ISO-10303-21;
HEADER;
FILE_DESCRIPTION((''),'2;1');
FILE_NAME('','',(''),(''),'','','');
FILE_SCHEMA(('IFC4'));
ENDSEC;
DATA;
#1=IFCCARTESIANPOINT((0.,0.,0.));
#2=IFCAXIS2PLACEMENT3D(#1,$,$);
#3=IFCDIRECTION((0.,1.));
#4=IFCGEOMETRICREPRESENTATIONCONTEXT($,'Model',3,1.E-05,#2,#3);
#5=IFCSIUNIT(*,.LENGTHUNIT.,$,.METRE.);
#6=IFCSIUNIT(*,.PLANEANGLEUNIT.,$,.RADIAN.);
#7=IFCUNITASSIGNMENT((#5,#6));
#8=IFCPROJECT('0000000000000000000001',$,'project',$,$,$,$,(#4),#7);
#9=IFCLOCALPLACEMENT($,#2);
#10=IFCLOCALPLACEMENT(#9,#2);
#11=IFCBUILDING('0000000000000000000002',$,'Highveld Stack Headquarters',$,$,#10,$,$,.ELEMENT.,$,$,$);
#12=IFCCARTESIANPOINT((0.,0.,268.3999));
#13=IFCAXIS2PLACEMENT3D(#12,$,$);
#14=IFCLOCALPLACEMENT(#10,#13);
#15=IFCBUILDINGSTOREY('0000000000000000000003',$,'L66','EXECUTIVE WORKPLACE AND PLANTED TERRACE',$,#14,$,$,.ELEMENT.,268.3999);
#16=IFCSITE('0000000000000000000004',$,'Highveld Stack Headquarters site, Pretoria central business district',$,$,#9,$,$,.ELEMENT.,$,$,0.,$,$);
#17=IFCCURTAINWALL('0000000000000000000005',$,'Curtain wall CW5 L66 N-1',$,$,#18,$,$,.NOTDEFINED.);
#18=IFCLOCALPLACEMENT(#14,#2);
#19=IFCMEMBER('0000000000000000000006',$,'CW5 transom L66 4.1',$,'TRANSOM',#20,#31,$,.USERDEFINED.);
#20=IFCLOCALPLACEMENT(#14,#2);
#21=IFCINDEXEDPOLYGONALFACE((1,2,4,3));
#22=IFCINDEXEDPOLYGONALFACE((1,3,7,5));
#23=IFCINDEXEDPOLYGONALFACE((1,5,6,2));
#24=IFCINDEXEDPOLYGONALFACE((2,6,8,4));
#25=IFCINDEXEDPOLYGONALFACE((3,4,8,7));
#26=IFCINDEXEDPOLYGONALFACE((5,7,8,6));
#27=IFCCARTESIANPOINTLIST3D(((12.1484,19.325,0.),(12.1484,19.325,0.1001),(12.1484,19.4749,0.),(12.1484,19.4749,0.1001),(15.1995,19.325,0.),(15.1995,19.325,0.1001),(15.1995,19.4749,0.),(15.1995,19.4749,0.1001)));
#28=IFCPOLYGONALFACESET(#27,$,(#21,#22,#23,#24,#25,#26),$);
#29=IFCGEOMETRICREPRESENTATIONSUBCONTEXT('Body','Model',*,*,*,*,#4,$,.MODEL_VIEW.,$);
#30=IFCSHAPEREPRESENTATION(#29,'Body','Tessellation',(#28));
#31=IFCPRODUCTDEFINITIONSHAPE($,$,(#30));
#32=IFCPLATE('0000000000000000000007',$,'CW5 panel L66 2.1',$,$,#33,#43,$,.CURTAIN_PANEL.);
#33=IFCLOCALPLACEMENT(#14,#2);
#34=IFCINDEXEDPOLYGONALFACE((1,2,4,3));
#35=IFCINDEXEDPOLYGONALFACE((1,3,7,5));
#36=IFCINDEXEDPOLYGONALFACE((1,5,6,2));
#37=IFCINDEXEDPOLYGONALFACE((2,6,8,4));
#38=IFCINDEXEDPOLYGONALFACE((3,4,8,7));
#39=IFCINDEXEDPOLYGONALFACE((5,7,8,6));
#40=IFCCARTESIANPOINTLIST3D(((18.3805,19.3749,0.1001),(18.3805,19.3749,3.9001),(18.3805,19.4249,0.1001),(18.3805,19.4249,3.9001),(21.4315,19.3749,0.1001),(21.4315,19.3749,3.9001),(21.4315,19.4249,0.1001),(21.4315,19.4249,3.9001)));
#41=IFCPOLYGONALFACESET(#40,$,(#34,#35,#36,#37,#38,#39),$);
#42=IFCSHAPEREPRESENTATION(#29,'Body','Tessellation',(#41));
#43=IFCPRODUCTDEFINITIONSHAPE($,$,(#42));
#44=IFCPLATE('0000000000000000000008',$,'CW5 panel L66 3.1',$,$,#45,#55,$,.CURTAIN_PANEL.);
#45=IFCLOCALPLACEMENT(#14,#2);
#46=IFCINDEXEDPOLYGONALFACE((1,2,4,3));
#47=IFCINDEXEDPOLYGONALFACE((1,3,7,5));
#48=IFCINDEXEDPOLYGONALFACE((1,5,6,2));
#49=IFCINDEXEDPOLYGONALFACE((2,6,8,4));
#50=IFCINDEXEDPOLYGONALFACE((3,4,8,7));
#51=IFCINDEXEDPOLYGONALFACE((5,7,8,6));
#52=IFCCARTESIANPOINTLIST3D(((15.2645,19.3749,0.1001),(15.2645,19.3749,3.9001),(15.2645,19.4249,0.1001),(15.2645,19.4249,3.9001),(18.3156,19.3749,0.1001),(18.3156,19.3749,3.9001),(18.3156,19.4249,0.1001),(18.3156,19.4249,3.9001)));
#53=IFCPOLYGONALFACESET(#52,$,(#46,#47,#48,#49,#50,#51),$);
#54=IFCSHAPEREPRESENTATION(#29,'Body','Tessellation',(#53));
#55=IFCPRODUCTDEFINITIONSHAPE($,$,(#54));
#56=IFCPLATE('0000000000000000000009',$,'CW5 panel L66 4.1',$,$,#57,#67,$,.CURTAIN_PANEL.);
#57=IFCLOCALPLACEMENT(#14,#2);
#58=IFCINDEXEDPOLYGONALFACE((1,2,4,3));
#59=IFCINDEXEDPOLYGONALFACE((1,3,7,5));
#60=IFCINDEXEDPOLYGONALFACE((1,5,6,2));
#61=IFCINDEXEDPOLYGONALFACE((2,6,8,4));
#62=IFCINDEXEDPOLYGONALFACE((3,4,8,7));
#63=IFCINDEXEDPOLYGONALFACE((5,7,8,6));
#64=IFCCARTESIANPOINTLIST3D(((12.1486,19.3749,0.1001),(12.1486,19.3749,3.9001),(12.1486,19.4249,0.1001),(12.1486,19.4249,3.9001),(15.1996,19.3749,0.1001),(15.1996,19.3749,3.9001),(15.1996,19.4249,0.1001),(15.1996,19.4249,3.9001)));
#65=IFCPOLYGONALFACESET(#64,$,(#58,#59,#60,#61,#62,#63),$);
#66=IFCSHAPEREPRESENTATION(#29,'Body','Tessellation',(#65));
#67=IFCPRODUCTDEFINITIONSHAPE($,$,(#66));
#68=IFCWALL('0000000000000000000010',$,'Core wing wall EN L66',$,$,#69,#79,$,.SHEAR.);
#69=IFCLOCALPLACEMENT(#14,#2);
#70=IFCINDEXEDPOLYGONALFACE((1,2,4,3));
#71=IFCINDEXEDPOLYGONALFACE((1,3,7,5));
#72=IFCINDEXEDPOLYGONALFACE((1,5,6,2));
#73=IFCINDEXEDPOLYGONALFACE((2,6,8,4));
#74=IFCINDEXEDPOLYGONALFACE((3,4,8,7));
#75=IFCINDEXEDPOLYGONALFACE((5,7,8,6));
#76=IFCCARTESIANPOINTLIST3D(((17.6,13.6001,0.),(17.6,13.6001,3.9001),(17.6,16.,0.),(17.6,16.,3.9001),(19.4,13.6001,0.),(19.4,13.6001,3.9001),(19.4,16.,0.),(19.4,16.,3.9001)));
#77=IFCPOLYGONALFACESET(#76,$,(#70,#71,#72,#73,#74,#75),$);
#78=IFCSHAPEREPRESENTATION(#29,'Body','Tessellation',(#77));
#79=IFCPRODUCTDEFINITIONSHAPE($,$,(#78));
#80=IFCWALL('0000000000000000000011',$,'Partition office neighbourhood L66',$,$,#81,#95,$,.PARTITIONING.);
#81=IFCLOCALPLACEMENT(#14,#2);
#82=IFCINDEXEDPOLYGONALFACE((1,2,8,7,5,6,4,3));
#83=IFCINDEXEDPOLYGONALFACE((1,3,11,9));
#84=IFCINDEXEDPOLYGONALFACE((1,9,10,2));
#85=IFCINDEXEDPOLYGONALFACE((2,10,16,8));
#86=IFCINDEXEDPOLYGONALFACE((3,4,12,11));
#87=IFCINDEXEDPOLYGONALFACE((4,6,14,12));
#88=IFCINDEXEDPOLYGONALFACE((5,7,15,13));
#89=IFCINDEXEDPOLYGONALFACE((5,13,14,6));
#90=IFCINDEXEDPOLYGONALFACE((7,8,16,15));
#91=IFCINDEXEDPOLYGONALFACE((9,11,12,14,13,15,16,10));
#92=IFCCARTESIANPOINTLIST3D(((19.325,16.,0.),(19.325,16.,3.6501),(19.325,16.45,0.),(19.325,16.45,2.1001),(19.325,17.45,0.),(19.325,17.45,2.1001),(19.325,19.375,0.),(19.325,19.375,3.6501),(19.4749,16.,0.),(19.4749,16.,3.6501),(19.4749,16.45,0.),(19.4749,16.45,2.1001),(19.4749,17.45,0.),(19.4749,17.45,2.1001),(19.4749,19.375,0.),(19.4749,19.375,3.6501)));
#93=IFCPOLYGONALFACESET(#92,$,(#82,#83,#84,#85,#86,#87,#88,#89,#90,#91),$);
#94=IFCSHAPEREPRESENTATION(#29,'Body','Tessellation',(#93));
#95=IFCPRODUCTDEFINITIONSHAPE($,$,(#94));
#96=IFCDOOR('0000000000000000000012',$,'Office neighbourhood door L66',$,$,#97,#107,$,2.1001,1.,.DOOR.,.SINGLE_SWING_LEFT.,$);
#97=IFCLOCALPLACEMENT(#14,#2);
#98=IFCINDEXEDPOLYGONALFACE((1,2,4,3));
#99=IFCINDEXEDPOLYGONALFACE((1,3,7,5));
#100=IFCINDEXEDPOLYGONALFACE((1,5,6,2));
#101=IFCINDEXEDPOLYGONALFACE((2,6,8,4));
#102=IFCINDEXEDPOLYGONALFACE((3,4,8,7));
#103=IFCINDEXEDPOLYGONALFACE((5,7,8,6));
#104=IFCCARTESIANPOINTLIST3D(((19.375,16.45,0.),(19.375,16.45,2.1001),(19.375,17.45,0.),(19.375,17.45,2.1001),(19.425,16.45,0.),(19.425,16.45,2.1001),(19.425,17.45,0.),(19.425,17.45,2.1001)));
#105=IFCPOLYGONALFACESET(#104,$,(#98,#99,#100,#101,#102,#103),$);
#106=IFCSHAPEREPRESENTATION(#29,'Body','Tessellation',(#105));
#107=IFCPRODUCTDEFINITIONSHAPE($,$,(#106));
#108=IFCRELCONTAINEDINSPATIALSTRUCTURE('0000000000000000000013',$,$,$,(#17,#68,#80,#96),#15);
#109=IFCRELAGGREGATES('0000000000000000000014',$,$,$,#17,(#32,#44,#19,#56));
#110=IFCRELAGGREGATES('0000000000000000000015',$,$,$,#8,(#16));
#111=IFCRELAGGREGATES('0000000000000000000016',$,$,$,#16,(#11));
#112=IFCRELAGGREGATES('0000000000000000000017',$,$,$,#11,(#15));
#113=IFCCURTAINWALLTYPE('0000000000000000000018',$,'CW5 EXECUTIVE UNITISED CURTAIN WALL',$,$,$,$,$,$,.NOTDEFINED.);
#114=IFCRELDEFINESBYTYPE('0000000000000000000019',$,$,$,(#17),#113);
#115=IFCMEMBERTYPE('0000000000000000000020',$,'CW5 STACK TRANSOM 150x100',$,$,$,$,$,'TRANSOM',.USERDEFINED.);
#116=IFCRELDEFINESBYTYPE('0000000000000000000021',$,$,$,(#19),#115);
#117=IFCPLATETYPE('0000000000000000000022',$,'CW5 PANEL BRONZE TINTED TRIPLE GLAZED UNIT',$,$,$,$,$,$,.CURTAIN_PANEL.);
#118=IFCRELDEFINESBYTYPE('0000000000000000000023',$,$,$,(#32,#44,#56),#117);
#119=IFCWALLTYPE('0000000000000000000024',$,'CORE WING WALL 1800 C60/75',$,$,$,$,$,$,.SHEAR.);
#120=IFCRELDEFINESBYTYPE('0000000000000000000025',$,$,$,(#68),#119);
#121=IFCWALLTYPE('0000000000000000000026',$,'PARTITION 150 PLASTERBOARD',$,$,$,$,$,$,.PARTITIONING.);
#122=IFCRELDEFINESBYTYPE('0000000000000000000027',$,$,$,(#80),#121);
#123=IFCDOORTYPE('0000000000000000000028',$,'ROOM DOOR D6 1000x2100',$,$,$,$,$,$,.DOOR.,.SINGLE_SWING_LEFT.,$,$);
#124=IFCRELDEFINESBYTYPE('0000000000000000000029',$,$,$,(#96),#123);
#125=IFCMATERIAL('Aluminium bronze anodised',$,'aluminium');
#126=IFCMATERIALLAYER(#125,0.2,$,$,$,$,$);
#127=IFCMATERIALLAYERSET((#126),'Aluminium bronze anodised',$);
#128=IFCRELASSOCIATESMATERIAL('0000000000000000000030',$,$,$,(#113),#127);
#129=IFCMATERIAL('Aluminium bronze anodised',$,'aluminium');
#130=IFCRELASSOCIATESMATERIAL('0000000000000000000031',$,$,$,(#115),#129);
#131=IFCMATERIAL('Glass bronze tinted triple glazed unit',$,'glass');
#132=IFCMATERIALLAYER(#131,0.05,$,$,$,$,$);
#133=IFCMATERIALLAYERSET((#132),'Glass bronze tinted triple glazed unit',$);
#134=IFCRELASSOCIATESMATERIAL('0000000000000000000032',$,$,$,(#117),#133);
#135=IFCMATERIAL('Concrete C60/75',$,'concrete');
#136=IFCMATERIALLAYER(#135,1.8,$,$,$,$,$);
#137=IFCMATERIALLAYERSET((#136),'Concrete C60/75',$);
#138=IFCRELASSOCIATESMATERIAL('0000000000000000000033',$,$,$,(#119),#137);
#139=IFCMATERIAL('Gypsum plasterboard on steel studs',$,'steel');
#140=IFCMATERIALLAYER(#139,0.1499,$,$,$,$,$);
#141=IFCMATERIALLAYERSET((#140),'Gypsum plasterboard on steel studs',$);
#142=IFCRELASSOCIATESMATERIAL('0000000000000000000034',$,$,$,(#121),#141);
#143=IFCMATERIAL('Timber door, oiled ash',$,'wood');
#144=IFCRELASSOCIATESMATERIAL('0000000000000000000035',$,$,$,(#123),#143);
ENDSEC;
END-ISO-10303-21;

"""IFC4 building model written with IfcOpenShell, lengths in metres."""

from ifc_helpers import new_model, si_unit, direction, frame, frame_2d, origin, origin_2d, place, context, subcontext, project, spatial, rectangle, extrude, material, layer, layer_set, material_profile, profile_set, type_object, element, fill, aggregate, save


model = new_model("IFC4")

# Units and contexts
model_context = context("Model", 3, precision=1e-05, world=origin(), true_north=direction((0.0, 1.0)))
body_context = subcontext(model_context, "Body", "Model", "MODEL_VIEW")
ifc_project = project(units=[si_unit("LENGTHUNIT", "METRE"), si_unit("PLANEANGLEUNIT", "RADIAN")], contexts=[model_context])

# Site, building, storey
site_placement = place(None, origin())
site = spatial("IfcSite", under=ifc_project, at=site_placement, Name="Highveld Stack Headquarters site, Pretoria central business district", CompositionType="ELEMENT", RefElevation=0.0)
building_placement = place(site_placement, origin())
building = spatial("IfcBuilding", under=site, at=building_placement, Name="Highveld Stack Headquarters", CompositionType="ELEMENT")
storey_placement = place(building_placement, frame((0.0, 0.0, 268.3999)))
storey = spatial("IfcBuildingStorey", under=building, at=storey_placement, Name="L66", Description="EXECUTIVE WORKPLACE AND PLANTED TERRACE", CompositionType="ELEMENT", Elevation=268.3999)

# Curtain wall
ifc_material_1 = material(Name="Aluminium bronze anodised", Category="aluminium")
ifc_layer_1 = layer(ifc_material_1, 0.2)
ifc_layer_set_1 = layer_set([ifc_layer_1], Name="Aluminium bronze anodised")
curtain_wall_type = type_object("IfcCurtainWallType", Name="CW5 EXECUTIVE UNITISED CURTAIN WALL", PredefinedType="NOTDEFINED", material=ifc_layer_set_1)
curtain_wall_1_placement = place(storey_placement, origin())
curtain_wall_1 = element("IfcCurtainWall", 1, at=curtain_wall_1_placement, inside=storey, type_object=curtain_wall_type, Name="Curtain wall CW5 L66 N-1", PredefinedType="NOTDEFINED")

# Member
ifc_material_2 = material(Name="Aluminium bronze anodised", Category="aluminium")
ifc_material_profile_1 = material_profile(ifc_material_2, rectangle(XDim=0.1499, YDim=0.1001, at=origin_2d()), Name="CW5 TRANSOM 150x100")
ifc_profile_set_1 = profile_set([ifc_material_profile_1], Name="Aluminium bronze anodised")
member_type_1 = type_object("IfcMemberType", Name="CW5 STACK TRANSOM 150x100", ElementType="TRANSOM", PredefinedType="USERDEFINED", material=ifc_profile_set_1)
member_1_placement = place(storey_placement, frame((15.1995, 19.3999, 0.05), z_axis=(-1.0, 0.0, 0.0), x_axis=(0.0, -1.0, 0.0)))
member_1 = element("IfcMember", 2, at=member_1_placement, type_object=member_type_1, Name="CW5 transom L66 4.1", ObjectType="TRANSOM", PredefinedType="USERDEFINED", context=body_context, shape_type="SweptSolid", body=[
    extrude(rectangle(XDim=0.1499, YDim=0.1001, at=origin_2d()), origin(), (0.0, 0.0, 1.0), 3.051),
])

# Plates
ifc_material_3 = material(Name="Glass bronze tinted triple glazed unit", Category="glass")
ifc_layer_2 = layer(ifc_material_3, 0.05)
ifc_layer_set_2 = layer_set([ifc_layer_2], Name="Glass bronze tinted triple glazed unit")
plate_type = type_object("IfcPlateType", Name="CW5 PANEL BRONZE TINTED TRIPLE GLAZED UNIT", PredefinedType="CURTAIN_PANEL", material=ifc_layer_set_2)
plate_1_placement = place(storey_placement, frame((19.906, 19.3999, 0.1001), z_axis=(0.0, 0.0, 1.0), x_axis=(-1.0, 0.0, 0.0)))
plate_1 = element("IfcPlate", 3, at=plate_1_placement, type_object=plate_type, Name="CW5 panel L66 2.1", PredefinedType="CURTAIN_PANEL", context=body_context, shape_type="SweptSolid", body=[
    extrude(rectangle(XDim=3.051, YDim=0.05, at=origin_2d()), origin(), (0.0, 0.0, 1.0), 3.8),
])
plate_2_placement = place(storey_placement, frame((16.79, 19.3999, 0.1001), z_axis=(0.0, 0.0, 1.0), x_axis=(-1.0, 0.0, 0.0)))
plate_2 = element("IfcPlate", 4, at=plate_2_placement, type_object=plate_type, Name="CW5 panel L66 3.1", PredefinedType="CURTAIN_PANEL", context=body_context, shape_type="SweptSolid", body=[
    extrude(rectangle(XDim=3.051, YDim=0.05, at=origin_2d()), origin(), (0.0, 0.0, 1.0), 3.8),
])
plate_3_placement = place(storey_placement, frame((13.6741, 19.3999, 0.1001), z_axis=(0.0, 0.0, 1.0), x_axis=(-1.0, 0.0, 0.0)))
plate_3 = element("IfcPlate", 5, at=plate_3_placement, type_object=plate_type, Name="CW5 panel L66 4.1", PredefinedType="CURTAIN_PANEL", context=body_context, shape_type="SweptSolid", body=[
    extrude(rectangle(XDim=3.051, YDim=0.05, at=origin_2d()), origin(), (0.0, 0.0, 1.0), 3.8),
])
aggregate(curtain_wall_1, [plate_1, plate_2, member_1, plate_3])

# Wall
ifc_material_4 = material(Name="Concrete C60/75", Category="concrete")
ifc_layer_3 = layer(ifc_material_4, 1.8)
ifc_layer_set_3 = layer_set([ifc_layer_3], Name="Concrete C60/75")
wall_type_1 = type_object("IfcWallType", Name="CORE WING WALL 1800 C60/75", PredefinedType="SHEAR", material=ifc_layer_set_3)
wall_1_placement = place(storey_placement, frame((18.5, 13.6001, 0.0), z_axis=(0.0, 0.0, 1.0), x_axis=(0.0, 1.0, 0.0)))
element("IfcWall", 6, at=wall_1_placement, inside=storey, type_object=wall_type_1, Name="Core wing wall EN L66", PredefinedType="SHEAR", context=body_context, shape_type="SweptSolid", body=[
    extrude(rectangle(XDim=2.3999, YDim=1.8, at=frame_2d((1.2, 0.0))), origin(), (0.0, 0.0, 1.0), 3.9001),
])

# Wall, opening, door
ifc_material_5 = material(Name="Gypsum plasterboard on steel studs", Category="steel")
ifc_layer_4 = layer(ifc_material_5, 0.1499)
ifc_layer_set_4 = layer_set([ifc_layer_4], Name="Gypsum plasterboard on steel studs")
wall_type_2 = type_object("IfcWallType", Name="PARTITION 150 PLASTERBOARD", PredefinedType="PARTITIONING", material=ifc_layer_set_4)
wall_2_placement = place(storey_placement, frame((19.3999, 16.0, 0.0), z_axis=(0.0, 0.0, 1.0), x_axis=(0.0, 1.0, 0.0)))
wall_2 = element("IfcWall", 7, at=wall_2_placement, inside=storey, type_object=wall_type_2, Name="Partition office neighbourhood L66", PredefinedType="PARTITIONING", context=body_context, shape_type="SweptSolid", body=[
    extrude(rectangle(XDim=3.375, YDim=0.1499, at=frame_2d((1.6875, 0.0))), origin(), (0.0, 0.0, 1.0), 3.6501),
])
opening_1_placement = place(wall_2_placement, frame((0.45, 0.0, 0.0)))
opening_1 = element("IfcOpeningElement", 8, at=opening_1_placement, cuts=wall_2, PredefinedType="OPENING", context=body_context, shape_type="SweptSolid", body=[
    extrude(rectangle(XDim=1.0, YDim=2.1001, at=frame_2d((0.5, 1.05))), frame((0.0, 0.085, 0.0), z_axis=(0.0, -1.0, 0.0), x_axis=(1.0, 0.0, 0.0)), (0.0, 0.0, 1.0), 0.1699),
])
ifc_material_6 = material(Name="Timber door, oiled ash", Category="wood")
door_type_1 = type_object("IfcDoorType", Name="ROOM DOOR D6 1000x2100", OperationType="SINGLE_SWING_LEFT", PredefinedType="DOOR", material=ifc_material_6)
door_1_placement = place(opening_1_placement, origin())
door_1 = element("IfcDoor", 9, at=door_1_placement, inside=storey, type_object=door_type_1, Name="Office neighbourhood door L66", OperationType="SINGLE_SWING_LEFT", OverallHeight=2.1001, OverallWidth=1.0, PredefinedType="DOOR", context=body_context, shape_type="SweptSolid", body=[
    extrude(rectangle(XDim=1.0, YDim=2.1001, at=frame_2d((0.5, 1.05))), frame((0.0, 0.0249, 0.0), z_axis=(0.0, -1.0, 0.0), x_axis=(1.0, 0.0, 0.0)), (0.0, 0.0, 1.0), 0.05),
])
fill(opening_1, door_1)

save(model, "model.ifc")
